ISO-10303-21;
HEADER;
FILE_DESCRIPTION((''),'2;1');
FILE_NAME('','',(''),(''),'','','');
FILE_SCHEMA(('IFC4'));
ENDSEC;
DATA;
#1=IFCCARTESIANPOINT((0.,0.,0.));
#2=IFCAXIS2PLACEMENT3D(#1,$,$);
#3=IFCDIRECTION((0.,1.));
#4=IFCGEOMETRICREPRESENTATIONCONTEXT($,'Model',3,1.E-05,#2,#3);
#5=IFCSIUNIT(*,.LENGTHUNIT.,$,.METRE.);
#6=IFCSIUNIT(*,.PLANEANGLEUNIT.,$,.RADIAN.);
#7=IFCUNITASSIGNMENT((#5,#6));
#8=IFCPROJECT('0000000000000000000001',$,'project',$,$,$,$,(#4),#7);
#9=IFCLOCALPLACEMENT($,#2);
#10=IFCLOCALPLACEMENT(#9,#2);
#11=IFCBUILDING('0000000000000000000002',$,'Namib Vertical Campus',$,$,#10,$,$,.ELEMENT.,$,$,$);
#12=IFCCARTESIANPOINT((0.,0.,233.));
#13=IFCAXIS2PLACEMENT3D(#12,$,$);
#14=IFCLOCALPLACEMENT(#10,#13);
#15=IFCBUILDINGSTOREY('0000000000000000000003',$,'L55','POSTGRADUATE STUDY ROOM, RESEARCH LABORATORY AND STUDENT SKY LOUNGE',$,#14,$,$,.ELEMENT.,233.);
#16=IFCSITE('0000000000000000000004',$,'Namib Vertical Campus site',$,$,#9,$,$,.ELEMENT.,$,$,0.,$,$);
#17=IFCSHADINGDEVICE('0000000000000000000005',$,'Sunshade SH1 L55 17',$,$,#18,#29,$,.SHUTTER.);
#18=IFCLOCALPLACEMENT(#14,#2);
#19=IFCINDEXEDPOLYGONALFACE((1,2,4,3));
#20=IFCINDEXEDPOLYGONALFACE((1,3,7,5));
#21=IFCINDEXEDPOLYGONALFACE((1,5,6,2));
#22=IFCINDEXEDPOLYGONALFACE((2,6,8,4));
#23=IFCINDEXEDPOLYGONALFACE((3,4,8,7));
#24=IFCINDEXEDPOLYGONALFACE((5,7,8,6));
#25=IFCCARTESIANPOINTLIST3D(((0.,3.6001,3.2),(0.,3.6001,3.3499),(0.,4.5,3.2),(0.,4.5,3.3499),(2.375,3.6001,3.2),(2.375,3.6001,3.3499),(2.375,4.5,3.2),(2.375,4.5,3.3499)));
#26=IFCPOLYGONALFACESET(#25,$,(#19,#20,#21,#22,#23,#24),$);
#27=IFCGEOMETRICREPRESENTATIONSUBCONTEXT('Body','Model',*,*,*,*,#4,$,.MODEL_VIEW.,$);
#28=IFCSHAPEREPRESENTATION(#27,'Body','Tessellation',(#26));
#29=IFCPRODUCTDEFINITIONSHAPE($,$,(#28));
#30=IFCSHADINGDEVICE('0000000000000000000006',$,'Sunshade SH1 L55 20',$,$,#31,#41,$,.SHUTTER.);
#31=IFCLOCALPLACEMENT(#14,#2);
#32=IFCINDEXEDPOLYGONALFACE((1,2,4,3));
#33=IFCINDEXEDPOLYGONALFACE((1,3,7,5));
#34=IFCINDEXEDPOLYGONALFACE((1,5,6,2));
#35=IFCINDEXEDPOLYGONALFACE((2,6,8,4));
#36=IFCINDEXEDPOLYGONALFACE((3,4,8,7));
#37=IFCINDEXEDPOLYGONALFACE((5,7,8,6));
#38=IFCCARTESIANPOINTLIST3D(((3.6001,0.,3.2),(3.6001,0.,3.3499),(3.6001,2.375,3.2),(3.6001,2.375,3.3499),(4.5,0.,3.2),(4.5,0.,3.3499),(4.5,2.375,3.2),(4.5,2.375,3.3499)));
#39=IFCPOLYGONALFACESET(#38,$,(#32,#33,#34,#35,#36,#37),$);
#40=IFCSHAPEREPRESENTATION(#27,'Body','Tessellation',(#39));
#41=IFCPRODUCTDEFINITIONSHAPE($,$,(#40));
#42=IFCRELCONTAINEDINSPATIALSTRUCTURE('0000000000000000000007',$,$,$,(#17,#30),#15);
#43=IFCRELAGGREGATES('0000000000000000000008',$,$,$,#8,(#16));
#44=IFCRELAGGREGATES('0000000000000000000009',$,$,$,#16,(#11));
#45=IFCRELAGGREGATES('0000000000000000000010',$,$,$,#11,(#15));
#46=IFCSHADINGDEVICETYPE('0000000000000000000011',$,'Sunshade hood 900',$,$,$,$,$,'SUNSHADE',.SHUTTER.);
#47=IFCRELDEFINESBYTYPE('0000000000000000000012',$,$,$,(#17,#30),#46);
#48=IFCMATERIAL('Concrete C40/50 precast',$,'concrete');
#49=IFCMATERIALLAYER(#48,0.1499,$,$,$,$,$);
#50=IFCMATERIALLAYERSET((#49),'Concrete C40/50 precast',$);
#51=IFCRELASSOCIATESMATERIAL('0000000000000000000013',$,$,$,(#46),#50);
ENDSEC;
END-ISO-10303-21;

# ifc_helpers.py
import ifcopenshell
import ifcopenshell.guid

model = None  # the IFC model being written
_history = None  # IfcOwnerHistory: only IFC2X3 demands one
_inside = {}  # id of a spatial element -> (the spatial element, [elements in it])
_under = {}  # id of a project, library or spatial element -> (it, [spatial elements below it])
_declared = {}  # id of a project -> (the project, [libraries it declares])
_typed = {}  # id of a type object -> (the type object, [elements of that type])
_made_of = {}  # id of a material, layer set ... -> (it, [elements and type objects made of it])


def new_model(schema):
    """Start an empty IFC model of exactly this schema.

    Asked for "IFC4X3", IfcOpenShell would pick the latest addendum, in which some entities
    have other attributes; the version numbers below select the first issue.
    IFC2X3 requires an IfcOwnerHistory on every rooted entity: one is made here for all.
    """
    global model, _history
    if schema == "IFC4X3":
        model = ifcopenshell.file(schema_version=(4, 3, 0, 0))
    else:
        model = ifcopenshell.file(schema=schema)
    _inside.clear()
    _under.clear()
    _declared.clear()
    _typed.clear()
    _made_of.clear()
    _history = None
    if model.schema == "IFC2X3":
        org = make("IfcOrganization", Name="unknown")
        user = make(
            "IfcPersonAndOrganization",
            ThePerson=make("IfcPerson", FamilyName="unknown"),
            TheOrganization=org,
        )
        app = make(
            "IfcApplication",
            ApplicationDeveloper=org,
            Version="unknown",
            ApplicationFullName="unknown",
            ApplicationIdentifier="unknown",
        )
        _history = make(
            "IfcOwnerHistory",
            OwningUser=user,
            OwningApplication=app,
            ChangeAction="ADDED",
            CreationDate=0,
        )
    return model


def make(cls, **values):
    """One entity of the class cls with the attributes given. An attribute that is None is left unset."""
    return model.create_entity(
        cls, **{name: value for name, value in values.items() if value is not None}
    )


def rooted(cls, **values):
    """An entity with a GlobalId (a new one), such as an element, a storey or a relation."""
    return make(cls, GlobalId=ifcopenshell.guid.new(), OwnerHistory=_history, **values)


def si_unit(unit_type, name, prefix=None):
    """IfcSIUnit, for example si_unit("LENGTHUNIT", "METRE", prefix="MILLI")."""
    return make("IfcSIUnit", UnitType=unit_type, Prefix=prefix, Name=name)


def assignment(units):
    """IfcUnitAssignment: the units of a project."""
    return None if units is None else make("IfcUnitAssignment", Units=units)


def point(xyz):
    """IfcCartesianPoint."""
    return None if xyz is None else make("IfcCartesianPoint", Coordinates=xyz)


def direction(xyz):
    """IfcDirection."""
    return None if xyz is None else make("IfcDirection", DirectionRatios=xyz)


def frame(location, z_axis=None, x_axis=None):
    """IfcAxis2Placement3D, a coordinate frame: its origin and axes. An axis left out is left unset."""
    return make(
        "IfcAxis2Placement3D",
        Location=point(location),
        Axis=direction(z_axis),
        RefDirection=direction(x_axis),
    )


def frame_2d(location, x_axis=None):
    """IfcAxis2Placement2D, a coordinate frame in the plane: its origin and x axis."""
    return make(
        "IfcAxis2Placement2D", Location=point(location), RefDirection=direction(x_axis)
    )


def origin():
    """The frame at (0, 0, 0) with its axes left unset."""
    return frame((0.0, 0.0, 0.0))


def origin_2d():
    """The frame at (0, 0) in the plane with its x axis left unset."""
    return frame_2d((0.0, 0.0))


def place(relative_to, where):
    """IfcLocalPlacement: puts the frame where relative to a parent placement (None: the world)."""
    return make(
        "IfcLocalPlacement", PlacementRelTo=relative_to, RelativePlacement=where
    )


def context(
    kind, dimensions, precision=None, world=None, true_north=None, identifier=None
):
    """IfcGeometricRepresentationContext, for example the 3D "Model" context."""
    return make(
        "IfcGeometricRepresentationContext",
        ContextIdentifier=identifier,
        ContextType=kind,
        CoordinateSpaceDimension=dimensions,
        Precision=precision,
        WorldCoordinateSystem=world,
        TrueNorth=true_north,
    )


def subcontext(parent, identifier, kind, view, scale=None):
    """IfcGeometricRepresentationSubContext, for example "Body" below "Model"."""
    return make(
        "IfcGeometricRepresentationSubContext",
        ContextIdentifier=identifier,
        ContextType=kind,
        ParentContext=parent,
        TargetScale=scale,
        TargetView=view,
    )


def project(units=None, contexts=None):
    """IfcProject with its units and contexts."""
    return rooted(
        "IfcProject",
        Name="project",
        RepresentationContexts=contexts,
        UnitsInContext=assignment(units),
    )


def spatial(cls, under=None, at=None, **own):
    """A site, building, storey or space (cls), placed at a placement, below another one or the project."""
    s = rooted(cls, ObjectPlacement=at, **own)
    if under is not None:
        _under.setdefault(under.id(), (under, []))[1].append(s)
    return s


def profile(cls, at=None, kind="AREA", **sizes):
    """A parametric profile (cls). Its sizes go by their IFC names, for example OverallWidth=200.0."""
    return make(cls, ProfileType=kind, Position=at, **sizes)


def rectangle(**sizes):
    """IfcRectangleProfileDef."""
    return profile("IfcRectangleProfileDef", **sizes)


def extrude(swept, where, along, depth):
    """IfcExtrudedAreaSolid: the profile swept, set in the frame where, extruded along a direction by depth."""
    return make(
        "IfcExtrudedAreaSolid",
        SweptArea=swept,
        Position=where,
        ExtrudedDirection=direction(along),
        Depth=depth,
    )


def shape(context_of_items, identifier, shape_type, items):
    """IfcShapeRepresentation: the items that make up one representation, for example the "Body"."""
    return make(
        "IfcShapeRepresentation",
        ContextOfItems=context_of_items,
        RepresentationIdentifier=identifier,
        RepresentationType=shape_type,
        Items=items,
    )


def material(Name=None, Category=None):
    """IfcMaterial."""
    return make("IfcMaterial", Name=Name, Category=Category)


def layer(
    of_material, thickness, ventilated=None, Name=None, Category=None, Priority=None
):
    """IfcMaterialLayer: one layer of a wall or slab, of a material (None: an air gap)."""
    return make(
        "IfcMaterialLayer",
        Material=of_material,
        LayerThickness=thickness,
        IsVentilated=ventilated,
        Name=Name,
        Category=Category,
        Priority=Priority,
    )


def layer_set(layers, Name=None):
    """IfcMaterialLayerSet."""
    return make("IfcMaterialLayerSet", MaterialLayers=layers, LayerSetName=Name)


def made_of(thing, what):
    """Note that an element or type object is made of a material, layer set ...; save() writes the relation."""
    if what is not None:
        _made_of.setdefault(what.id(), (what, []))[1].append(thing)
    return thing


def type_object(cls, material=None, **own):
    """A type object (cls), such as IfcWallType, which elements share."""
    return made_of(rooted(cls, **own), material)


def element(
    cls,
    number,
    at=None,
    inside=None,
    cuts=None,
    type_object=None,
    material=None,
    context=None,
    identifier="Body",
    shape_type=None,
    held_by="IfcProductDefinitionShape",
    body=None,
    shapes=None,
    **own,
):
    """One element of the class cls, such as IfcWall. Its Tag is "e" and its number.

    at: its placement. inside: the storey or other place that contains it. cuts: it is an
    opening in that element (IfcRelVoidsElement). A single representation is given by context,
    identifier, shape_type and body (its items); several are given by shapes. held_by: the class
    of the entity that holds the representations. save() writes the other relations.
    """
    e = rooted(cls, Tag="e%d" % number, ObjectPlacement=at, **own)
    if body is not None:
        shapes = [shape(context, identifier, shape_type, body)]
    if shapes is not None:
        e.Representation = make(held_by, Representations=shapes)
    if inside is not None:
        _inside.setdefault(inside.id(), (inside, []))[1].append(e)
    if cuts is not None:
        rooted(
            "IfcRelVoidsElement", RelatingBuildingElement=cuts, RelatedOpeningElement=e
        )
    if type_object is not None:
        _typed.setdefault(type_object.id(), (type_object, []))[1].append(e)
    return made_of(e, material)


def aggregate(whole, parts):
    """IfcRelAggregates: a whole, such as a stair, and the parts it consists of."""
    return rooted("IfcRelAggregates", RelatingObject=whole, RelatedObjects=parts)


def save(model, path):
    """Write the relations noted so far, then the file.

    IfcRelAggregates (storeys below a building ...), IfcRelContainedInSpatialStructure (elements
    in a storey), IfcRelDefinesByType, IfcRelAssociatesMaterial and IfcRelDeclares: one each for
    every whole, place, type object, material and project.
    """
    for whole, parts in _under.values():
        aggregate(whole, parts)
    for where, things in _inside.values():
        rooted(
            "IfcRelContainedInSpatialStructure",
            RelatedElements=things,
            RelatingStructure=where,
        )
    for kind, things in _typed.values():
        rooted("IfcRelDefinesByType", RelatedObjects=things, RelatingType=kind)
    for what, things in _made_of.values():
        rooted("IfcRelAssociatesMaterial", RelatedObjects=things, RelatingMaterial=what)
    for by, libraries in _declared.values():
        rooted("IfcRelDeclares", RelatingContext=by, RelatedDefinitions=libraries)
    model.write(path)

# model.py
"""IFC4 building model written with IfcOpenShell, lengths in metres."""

from ifc_helpers import new_model, si_unit, direction, frame, origin, origin_2d, place, context, subcontext, project, spatial, rectangle, extrude, material, layer, layer_set, type_object, element, save


model = new_model("IFC4")

# Units and contexts
model_context = context("Model", 3, precision=1e-05, world=origin(), true_north=direction((0.0, 1.0)))
body_context = subcontext(model_context, "Body", "Model", "MODEL_VIEW")
ifc_project = project(units=[si_unit("LENGTHUNIT", "METRE"), si_unit("PLANEANGLEUNIT", "RADIAN")], contexts=[model_context])

# Site, building, storey
site_placement = place(None, origin())
site = spatial("IfcSite", under=ifc_project, at=site_placement, Name="Namib Vertical Campus site", CompositionType="ELEMENT", RefElevation=0.0)
building_placement = place(site_placement, origin())
building = spatial("IfcBuilding", under=site, at=building_placement, Name="Namib Vertical Campus", CompositionType="ELEMENT")
storey_placement = place(building_placement, frame((0.0, 0.0, 233.0)))
storey = spatial("IfcBuildingStorey", under=building, at=storey_placement, Name="L55", Description="POSTGRADUATE STUDY ROOM, RESEARCH LABORATORY AND STUDENT SKY LOUNGE", CompositionType="ELEMENT", Elevation=233.0)

# Shading devices
ifc_material_1 = material(Name="Concrete C40/50 precast", Category="concrete")
ifc_layer_1 = layer(ifc_material_1, 0.1499)
ifc_layer_set_1 = layer_set([ifc_layer_1], Name="Concrete C40/50 precast")
shading_device_type = type_object("IfcShadingDeviceType", Name="Sunshade hood 900", ElementType="SUNSHADE", PredefinedType="SHUTTER", material=ifc_layer_set_1)
for number, where, z_axis, x_axis, name in (
    (1, (1.1875, 4.05, 3.2), (0.0, 0.0, 1.0), (1.0, 0.0, 0.0), "Sunshade SH1 L55 17"),
    (2, (4.05, 1.1875, 3.2), (0.0, 0.0, 1.0), (0.0, -1.0, 0.0), "Sunshade SH1 L55 20"),
):
    element("IfcShadingDevice", number, at=place(storey_placement, frame(where, z_axis=z_axis, x_axis=x_axis)), inside=storey, type_object=shading_device_type, Name=name, PredefinedType="SHUTTER", context=body_context, shape_type="SweptSolid", body=[
        extrude(rectangle(XDim=2.375, YDim=0.8999, at=origin_2d()), origin(), (0.0, 0.0, 1.0), 0.1499),
    ])

save(model, "model.ifc")
